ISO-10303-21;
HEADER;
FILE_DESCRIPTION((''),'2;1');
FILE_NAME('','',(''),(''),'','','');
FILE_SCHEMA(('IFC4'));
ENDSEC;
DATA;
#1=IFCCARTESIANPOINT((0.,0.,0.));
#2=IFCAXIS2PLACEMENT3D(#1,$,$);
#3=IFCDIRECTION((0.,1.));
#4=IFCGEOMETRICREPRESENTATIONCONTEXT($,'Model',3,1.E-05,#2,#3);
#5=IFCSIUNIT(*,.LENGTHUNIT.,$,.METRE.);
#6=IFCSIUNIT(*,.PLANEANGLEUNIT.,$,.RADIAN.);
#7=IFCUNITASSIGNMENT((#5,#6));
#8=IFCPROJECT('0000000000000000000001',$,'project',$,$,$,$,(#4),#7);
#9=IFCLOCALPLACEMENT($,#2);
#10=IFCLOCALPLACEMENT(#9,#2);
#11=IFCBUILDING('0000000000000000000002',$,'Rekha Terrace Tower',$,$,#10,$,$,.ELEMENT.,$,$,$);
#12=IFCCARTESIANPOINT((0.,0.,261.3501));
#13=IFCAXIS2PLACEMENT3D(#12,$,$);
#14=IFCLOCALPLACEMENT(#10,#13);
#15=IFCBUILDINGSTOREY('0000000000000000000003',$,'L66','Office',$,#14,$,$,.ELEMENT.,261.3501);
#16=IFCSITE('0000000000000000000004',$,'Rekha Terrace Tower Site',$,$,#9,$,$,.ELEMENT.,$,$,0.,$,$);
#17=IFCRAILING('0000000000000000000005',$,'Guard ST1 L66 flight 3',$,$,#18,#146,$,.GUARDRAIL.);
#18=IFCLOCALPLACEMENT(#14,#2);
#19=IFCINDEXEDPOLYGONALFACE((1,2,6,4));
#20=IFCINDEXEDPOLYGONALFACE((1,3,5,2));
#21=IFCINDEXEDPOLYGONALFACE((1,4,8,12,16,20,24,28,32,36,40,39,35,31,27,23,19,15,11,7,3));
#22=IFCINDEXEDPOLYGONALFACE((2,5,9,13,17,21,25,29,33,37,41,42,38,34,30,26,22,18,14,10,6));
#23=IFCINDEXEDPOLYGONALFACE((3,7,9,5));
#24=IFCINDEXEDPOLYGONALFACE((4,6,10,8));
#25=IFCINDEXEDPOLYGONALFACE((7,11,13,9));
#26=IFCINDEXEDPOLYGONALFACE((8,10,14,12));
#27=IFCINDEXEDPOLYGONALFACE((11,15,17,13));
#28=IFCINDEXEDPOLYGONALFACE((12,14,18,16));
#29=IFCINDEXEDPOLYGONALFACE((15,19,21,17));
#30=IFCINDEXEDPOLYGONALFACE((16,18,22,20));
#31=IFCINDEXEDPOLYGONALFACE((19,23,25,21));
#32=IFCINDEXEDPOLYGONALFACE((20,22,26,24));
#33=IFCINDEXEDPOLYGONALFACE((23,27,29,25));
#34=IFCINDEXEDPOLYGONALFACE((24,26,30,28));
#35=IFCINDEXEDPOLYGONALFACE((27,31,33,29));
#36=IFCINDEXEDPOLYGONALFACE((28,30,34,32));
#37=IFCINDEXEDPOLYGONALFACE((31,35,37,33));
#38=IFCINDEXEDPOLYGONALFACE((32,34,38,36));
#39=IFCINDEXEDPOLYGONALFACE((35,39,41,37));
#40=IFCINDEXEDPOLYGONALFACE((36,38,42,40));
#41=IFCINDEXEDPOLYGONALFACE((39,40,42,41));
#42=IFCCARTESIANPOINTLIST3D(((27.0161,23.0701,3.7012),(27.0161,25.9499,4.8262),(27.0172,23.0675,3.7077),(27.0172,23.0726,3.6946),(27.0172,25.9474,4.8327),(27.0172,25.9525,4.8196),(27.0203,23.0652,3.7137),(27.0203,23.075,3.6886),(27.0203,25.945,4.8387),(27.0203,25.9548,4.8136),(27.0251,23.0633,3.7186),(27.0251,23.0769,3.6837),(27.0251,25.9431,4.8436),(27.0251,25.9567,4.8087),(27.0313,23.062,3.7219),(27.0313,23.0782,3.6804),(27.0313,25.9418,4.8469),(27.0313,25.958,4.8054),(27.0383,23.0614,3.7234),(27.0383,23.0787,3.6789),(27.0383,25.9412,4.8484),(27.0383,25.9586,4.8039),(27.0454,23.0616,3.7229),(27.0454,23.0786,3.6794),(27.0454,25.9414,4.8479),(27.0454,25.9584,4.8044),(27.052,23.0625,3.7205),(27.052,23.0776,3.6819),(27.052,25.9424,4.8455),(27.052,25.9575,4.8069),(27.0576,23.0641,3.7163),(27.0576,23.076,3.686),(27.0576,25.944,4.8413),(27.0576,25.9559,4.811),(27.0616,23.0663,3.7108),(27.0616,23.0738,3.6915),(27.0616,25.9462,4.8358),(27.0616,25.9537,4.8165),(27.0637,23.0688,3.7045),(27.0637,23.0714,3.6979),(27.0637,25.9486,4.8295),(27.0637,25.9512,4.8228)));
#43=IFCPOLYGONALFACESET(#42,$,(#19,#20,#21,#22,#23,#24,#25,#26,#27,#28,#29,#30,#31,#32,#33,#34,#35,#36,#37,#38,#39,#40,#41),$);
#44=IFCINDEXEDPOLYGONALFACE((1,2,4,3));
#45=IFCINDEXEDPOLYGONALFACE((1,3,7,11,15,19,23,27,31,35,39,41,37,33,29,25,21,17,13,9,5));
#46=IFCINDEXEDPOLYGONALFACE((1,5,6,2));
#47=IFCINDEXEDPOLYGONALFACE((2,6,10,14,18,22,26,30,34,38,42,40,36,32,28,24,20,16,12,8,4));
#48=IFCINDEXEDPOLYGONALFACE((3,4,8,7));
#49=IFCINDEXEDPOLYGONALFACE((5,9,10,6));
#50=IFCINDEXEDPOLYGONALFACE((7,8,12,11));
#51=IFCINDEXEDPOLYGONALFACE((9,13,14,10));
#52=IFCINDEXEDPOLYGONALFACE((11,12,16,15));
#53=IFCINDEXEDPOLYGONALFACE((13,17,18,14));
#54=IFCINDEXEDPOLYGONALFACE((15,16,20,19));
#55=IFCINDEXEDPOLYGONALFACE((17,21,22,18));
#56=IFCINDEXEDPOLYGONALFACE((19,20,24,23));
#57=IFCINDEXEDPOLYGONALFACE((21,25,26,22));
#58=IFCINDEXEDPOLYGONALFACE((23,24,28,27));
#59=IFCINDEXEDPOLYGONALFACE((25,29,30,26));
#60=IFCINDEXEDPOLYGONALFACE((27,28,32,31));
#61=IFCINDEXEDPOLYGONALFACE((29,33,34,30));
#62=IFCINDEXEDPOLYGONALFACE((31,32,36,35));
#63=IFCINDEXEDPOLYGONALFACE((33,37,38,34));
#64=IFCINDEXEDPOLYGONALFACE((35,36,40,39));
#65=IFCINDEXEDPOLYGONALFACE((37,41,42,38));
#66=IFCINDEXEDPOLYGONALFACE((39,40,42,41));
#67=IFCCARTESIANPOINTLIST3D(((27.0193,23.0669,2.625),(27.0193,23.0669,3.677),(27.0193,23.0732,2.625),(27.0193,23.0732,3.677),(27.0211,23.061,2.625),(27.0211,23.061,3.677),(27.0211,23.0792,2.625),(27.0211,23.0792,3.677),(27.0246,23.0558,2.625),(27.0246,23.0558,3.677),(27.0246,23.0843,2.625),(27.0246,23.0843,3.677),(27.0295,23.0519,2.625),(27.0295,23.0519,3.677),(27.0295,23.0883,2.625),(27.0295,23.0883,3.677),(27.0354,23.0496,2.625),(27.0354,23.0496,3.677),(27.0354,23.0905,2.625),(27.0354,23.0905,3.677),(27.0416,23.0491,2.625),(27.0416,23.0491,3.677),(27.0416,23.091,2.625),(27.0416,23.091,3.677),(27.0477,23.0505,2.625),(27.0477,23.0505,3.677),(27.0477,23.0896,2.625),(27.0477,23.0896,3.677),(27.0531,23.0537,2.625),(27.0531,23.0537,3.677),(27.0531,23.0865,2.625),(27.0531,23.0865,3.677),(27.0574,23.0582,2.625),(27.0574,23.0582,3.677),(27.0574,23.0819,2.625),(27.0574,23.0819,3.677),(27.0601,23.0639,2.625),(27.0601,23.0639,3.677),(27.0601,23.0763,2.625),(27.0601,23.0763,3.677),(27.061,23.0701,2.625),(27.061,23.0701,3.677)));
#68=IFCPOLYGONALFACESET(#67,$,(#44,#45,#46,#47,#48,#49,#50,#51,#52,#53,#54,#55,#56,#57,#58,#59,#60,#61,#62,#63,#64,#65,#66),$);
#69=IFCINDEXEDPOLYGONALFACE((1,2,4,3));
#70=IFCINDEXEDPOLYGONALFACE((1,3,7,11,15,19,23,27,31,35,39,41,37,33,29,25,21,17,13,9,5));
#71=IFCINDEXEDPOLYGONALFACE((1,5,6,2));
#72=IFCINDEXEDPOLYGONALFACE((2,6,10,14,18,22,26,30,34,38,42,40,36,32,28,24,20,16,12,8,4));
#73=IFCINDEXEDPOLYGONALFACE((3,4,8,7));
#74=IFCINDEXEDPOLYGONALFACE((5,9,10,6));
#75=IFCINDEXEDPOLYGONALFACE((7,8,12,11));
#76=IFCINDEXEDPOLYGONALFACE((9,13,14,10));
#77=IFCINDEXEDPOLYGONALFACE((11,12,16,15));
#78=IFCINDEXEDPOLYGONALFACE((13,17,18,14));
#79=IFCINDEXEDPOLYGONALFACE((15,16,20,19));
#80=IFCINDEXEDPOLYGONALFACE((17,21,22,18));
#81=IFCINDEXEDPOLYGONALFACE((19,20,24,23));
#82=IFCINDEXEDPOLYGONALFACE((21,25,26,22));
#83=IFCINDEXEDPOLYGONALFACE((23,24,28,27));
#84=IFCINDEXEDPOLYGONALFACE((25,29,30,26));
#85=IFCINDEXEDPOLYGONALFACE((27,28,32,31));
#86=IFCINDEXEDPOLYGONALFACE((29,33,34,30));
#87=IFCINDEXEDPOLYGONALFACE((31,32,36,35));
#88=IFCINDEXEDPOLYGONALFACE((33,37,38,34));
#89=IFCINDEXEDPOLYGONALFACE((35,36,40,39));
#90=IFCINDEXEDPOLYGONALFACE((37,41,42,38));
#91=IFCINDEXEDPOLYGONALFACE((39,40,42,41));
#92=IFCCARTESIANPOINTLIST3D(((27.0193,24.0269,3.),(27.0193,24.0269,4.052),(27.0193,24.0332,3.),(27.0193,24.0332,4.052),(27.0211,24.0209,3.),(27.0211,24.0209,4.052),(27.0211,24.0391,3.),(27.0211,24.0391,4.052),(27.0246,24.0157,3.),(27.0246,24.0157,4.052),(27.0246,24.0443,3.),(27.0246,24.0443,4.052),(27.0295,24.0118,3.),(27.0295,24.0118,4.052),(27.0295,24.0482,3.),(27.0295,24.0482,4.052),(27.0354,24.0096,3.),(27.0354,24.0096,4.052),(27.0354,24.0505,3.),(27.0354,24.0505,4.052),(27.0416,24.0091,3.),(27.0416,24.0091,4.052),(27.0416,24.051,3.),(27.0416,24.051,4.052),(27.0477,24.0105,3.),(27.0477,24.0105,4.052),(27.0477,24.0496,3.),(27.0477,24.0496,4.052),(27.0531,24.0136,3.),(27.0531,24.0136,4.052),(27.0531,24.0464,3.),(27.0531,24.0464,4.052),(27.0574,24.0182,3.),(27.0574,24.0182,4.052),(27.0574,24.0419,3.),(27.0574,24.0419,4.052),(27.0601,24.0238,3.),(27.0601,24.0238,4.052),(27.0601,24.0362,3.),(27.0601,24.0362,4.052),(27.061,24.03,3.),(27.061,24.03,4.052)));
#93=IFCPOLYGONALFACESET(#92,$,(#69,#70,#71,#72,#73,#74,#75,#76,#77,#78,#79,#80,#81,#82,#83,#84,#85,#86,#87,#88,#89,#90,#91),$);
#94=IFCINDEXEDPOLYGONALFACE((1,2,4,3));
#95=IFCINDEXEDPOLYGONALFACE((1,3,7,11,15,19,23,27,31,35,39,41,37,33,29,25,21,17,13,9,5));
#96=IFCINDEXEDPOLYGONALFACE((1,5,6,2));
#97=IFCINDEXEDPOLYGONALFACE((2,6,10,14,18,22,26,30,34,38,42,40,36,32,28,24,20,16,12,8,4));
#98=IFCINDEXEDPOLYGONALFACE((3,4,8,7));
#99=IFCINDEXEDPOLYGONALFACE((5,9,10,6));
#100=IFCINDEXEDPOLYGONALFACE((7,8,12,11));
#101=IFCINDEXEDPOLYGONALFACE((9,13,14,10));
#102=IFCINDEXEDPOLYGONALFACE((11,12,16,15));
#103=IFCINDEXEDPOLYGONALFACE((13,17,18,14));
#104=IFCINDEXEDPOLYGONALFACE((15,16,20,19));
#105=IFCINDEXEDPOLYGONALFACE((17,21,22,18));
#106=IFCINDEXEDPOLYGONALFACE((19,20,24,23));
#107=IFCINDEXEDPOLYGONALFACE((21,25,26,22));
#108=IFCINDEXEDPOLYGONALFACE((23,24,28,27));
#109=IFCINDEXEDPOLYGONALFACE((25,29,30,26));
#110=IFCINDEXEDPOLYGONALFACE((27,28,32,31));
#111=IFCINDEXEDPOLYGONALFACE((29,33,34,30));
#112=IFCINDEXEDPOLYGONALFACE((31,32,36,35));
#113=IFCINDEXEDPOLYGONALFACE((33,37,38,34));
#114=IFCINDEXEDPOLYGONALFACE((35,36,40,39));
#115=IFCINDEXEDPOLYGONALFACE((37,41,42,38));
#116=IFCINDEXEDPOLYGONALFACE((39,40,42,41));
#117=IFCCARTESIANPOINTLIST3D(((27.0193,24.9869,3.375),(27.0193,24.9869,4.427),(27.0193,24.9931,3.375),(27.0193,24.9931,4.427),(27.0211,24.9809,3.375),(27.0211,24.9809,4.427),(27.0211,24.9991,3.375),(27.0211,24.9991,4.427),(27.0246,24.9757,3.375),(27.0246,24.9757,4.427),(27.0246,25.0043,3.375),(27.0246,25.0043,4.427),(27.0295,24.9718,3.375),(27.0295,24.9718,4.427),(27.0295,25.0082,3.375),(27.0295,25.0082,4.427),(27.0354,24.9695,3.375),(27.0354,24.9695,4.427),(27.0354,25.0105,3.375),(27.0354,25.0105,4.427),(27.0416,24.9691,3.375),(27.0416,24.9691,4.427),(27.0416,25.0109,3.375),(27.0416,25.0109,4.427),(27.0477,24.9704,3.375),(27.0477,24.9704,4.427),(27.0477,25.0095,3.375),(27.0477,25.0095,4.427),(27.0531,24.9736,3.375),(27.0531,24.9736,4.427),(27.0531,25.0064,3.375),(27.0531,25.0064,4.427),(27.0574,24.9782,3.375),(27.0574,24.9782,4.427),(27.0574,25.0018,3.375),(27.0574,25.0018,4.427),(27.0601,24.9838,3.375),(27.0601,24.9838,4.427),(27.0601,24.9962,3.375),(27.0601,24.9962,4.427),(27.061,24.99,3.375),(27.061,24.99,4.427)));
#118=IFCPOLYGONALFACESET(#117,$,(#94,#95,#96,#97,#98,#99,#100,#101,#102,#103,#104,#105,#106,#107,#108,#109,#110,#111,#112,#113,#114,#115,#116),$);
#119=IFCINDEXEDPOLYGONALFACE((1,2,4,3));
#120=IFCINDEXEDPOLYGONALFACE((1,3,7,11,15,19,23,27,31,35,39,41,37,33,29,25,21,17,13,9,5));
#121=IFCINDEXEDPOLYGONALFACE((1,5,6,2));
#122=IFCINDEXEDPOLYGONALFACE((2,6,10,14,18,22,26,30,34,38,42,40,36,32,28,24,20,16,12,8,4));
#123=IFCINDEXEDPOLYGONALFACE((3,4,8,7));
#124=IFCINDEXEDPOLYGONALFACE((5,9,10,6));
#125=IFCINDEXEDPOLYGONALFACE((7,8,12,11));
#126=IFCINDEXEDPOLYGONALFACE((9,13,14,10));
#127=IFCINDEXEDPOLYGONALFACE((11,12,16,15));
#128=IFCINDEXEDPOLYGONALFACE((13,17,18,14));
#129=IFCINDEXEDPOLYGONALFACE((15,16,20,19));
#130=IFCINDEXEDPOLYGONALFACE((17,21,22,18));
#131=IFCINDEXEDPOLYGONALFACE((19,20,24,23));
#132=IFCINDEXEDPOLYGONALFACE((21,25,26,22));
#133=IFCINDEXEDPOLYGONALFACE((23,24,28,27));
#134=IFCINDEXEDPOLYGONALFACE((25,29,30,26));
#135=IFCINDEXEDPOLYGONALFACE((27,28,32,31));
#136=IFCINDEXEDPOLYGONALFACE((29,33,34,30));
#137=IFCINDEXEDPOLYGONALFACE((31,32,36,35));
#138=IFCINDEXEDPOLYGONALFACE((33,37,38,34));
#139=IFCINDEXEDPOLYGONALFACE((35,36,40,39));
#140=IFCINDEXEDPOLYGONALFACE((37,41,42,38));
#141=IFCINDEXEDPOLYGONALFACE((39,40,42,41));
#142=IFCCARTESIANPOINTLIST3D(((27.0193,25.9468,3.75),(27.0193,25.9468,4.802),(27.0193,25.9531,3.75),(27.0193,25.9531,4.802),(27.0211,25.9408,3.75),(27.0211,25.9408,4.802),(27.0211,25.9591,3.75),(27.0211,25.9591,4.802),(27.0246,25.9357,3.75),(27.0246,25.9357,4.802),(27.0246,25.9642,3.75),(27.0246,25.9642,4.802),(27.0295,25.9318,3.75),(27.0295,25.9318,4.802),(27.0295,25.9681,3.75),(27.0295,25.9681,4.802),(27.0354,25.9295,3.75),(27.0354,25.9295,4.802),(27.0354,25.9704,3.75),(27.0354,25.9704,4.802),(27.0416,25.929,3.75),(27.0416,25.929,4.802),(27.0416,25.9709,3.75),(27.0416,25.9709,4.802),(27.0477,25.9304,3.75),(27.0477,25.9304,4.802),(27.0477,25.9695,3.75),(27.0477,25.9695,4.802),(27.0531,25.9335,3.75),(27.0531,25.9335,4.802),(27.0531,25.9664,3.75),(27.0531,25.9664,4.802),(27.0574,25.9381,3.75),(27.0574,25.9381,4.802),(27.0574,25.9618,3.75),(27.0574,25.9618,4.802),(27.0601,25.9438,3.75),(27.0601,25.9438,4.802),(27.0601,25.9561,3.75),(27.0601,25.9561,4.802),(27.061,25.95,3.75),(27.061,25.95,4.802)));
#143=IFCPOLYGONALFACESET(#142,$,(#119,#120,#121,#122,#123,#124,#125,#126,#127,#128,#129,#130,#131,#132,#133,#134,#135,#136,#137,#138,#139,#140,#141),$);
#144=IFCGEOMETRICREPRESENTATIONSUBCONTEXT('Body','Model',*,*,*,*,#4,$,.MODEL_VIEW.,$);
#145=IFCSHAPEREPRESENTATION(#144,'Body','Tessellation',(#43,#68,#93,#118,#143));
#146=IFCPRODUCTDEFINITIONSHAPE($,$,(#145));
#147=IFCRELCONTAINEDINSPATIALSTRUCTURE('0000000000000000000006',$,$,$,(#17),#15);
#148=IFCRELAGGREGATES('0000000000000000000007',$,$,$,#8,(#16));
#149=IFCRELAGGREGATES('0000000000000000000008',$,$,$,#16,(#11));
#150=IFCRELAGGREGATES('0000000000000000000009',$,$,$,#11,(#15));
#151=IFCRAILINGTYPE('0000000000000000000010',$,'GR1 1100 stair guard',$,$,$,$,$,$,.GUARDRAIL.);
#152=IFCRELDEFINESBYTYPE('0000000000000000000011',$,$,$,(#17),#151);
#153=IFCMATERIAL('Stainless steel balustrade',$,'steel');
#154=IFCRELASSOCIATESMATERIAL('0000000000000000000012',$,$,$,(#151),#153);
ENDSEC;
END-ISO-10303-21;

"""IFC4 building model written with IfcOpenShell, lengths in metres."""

from ifc_helpers import new_model, si_unit, direction, frame, origin, origin_2d, place, context, subcontext, project, spatial, circle, extrude, material, type_object, element, save


model = new_model("IFC4")

# Units and contexts
model_context = context("Model", 3, precision=1e-05, world=origin(), true_north=direction((0.0, 1.0)))
body_context = subcontext(model_context, "Body", "Model", "MODEL_VIEW")
ifc_project = project(units=[si_unit("LENGTHUNIT", "METRE"), si_unit("PLANEANGLEUNIT", "RADIAN")], contexts=[model_context])

# Site, building, storey
site_placement = place(None, origin())
site = spatial("IfcSite", under=ifc_project, at=site_placement, Name="Rekha Terrace Tower Site", CompositionType="ELEMENT", RefElevation=0.0)
building_placement = place(site_placement, origin())
building = spatial("IfcBuilding", under=site, at=building_placement, Name="Rekha Terrace Tower", CompositionType="ELEMENT")
storey_placement = place(building_placement, frame((0.0, 0.0, 261.3501)))
storey = spatial("IfcBuildingStorey", under=building, at=storey_placement, Name="L66", Description="Office", CompositionType="ELEMENT", Elevation=261.3501)

# Railing
ifc_material_1 = material(Name="Stainless steel balustrade", Category="steel")
railing_type_1 = type_object("IfcRailingType", Name="GR1 1100 stair guard", PredefinedType="GUARDRAIL", material=ifc_material_1)
railing_1_placement = place(storey_placement, frame((27.04, 23.0701, 2.625)))
element("IfcRailing", 1, at=railing_1_placement, inside=storey, type_object=railing_type_1, Name="Guard ST1 L66 flight 3", PredefinedType="GUARDRAIL", context=body_context, shape_type="SweptSolid", body=[
    extrude(circle(Radius=0.0239, at=origin_2d()), frame((0.0, 0.0, 1.0762), z_axis=(0.0, 0.931452, 0.363863), x_axis=(-1.0, 0.0, 0.0)), (0.0, 0.0, 1.0), 3.0918),
    extrude(circle(Radius=0.021, at=origin_2d()), origin(), (0.0, 0.0, 1.0), 1.052),
    extrude(circle(Radius=0.021, at=origin_2d()), frame((0.0, 0.96, 0.375)), (0.0, 0.0, 1.0), 1.052),
    extrude(circle(Radius=0.021, at=origin_2d()), frame((0.0, 1.9199, 0.75)), (0.0, 0.0, 1.0), 1.052),
    extrude(circle(Radius=0.021, at=origin_2d()), frame((0.0, 2.8799, 1.125)), (0.0, 0.0, 1.0), 1.052),
])

save(model, "model.ifc")
